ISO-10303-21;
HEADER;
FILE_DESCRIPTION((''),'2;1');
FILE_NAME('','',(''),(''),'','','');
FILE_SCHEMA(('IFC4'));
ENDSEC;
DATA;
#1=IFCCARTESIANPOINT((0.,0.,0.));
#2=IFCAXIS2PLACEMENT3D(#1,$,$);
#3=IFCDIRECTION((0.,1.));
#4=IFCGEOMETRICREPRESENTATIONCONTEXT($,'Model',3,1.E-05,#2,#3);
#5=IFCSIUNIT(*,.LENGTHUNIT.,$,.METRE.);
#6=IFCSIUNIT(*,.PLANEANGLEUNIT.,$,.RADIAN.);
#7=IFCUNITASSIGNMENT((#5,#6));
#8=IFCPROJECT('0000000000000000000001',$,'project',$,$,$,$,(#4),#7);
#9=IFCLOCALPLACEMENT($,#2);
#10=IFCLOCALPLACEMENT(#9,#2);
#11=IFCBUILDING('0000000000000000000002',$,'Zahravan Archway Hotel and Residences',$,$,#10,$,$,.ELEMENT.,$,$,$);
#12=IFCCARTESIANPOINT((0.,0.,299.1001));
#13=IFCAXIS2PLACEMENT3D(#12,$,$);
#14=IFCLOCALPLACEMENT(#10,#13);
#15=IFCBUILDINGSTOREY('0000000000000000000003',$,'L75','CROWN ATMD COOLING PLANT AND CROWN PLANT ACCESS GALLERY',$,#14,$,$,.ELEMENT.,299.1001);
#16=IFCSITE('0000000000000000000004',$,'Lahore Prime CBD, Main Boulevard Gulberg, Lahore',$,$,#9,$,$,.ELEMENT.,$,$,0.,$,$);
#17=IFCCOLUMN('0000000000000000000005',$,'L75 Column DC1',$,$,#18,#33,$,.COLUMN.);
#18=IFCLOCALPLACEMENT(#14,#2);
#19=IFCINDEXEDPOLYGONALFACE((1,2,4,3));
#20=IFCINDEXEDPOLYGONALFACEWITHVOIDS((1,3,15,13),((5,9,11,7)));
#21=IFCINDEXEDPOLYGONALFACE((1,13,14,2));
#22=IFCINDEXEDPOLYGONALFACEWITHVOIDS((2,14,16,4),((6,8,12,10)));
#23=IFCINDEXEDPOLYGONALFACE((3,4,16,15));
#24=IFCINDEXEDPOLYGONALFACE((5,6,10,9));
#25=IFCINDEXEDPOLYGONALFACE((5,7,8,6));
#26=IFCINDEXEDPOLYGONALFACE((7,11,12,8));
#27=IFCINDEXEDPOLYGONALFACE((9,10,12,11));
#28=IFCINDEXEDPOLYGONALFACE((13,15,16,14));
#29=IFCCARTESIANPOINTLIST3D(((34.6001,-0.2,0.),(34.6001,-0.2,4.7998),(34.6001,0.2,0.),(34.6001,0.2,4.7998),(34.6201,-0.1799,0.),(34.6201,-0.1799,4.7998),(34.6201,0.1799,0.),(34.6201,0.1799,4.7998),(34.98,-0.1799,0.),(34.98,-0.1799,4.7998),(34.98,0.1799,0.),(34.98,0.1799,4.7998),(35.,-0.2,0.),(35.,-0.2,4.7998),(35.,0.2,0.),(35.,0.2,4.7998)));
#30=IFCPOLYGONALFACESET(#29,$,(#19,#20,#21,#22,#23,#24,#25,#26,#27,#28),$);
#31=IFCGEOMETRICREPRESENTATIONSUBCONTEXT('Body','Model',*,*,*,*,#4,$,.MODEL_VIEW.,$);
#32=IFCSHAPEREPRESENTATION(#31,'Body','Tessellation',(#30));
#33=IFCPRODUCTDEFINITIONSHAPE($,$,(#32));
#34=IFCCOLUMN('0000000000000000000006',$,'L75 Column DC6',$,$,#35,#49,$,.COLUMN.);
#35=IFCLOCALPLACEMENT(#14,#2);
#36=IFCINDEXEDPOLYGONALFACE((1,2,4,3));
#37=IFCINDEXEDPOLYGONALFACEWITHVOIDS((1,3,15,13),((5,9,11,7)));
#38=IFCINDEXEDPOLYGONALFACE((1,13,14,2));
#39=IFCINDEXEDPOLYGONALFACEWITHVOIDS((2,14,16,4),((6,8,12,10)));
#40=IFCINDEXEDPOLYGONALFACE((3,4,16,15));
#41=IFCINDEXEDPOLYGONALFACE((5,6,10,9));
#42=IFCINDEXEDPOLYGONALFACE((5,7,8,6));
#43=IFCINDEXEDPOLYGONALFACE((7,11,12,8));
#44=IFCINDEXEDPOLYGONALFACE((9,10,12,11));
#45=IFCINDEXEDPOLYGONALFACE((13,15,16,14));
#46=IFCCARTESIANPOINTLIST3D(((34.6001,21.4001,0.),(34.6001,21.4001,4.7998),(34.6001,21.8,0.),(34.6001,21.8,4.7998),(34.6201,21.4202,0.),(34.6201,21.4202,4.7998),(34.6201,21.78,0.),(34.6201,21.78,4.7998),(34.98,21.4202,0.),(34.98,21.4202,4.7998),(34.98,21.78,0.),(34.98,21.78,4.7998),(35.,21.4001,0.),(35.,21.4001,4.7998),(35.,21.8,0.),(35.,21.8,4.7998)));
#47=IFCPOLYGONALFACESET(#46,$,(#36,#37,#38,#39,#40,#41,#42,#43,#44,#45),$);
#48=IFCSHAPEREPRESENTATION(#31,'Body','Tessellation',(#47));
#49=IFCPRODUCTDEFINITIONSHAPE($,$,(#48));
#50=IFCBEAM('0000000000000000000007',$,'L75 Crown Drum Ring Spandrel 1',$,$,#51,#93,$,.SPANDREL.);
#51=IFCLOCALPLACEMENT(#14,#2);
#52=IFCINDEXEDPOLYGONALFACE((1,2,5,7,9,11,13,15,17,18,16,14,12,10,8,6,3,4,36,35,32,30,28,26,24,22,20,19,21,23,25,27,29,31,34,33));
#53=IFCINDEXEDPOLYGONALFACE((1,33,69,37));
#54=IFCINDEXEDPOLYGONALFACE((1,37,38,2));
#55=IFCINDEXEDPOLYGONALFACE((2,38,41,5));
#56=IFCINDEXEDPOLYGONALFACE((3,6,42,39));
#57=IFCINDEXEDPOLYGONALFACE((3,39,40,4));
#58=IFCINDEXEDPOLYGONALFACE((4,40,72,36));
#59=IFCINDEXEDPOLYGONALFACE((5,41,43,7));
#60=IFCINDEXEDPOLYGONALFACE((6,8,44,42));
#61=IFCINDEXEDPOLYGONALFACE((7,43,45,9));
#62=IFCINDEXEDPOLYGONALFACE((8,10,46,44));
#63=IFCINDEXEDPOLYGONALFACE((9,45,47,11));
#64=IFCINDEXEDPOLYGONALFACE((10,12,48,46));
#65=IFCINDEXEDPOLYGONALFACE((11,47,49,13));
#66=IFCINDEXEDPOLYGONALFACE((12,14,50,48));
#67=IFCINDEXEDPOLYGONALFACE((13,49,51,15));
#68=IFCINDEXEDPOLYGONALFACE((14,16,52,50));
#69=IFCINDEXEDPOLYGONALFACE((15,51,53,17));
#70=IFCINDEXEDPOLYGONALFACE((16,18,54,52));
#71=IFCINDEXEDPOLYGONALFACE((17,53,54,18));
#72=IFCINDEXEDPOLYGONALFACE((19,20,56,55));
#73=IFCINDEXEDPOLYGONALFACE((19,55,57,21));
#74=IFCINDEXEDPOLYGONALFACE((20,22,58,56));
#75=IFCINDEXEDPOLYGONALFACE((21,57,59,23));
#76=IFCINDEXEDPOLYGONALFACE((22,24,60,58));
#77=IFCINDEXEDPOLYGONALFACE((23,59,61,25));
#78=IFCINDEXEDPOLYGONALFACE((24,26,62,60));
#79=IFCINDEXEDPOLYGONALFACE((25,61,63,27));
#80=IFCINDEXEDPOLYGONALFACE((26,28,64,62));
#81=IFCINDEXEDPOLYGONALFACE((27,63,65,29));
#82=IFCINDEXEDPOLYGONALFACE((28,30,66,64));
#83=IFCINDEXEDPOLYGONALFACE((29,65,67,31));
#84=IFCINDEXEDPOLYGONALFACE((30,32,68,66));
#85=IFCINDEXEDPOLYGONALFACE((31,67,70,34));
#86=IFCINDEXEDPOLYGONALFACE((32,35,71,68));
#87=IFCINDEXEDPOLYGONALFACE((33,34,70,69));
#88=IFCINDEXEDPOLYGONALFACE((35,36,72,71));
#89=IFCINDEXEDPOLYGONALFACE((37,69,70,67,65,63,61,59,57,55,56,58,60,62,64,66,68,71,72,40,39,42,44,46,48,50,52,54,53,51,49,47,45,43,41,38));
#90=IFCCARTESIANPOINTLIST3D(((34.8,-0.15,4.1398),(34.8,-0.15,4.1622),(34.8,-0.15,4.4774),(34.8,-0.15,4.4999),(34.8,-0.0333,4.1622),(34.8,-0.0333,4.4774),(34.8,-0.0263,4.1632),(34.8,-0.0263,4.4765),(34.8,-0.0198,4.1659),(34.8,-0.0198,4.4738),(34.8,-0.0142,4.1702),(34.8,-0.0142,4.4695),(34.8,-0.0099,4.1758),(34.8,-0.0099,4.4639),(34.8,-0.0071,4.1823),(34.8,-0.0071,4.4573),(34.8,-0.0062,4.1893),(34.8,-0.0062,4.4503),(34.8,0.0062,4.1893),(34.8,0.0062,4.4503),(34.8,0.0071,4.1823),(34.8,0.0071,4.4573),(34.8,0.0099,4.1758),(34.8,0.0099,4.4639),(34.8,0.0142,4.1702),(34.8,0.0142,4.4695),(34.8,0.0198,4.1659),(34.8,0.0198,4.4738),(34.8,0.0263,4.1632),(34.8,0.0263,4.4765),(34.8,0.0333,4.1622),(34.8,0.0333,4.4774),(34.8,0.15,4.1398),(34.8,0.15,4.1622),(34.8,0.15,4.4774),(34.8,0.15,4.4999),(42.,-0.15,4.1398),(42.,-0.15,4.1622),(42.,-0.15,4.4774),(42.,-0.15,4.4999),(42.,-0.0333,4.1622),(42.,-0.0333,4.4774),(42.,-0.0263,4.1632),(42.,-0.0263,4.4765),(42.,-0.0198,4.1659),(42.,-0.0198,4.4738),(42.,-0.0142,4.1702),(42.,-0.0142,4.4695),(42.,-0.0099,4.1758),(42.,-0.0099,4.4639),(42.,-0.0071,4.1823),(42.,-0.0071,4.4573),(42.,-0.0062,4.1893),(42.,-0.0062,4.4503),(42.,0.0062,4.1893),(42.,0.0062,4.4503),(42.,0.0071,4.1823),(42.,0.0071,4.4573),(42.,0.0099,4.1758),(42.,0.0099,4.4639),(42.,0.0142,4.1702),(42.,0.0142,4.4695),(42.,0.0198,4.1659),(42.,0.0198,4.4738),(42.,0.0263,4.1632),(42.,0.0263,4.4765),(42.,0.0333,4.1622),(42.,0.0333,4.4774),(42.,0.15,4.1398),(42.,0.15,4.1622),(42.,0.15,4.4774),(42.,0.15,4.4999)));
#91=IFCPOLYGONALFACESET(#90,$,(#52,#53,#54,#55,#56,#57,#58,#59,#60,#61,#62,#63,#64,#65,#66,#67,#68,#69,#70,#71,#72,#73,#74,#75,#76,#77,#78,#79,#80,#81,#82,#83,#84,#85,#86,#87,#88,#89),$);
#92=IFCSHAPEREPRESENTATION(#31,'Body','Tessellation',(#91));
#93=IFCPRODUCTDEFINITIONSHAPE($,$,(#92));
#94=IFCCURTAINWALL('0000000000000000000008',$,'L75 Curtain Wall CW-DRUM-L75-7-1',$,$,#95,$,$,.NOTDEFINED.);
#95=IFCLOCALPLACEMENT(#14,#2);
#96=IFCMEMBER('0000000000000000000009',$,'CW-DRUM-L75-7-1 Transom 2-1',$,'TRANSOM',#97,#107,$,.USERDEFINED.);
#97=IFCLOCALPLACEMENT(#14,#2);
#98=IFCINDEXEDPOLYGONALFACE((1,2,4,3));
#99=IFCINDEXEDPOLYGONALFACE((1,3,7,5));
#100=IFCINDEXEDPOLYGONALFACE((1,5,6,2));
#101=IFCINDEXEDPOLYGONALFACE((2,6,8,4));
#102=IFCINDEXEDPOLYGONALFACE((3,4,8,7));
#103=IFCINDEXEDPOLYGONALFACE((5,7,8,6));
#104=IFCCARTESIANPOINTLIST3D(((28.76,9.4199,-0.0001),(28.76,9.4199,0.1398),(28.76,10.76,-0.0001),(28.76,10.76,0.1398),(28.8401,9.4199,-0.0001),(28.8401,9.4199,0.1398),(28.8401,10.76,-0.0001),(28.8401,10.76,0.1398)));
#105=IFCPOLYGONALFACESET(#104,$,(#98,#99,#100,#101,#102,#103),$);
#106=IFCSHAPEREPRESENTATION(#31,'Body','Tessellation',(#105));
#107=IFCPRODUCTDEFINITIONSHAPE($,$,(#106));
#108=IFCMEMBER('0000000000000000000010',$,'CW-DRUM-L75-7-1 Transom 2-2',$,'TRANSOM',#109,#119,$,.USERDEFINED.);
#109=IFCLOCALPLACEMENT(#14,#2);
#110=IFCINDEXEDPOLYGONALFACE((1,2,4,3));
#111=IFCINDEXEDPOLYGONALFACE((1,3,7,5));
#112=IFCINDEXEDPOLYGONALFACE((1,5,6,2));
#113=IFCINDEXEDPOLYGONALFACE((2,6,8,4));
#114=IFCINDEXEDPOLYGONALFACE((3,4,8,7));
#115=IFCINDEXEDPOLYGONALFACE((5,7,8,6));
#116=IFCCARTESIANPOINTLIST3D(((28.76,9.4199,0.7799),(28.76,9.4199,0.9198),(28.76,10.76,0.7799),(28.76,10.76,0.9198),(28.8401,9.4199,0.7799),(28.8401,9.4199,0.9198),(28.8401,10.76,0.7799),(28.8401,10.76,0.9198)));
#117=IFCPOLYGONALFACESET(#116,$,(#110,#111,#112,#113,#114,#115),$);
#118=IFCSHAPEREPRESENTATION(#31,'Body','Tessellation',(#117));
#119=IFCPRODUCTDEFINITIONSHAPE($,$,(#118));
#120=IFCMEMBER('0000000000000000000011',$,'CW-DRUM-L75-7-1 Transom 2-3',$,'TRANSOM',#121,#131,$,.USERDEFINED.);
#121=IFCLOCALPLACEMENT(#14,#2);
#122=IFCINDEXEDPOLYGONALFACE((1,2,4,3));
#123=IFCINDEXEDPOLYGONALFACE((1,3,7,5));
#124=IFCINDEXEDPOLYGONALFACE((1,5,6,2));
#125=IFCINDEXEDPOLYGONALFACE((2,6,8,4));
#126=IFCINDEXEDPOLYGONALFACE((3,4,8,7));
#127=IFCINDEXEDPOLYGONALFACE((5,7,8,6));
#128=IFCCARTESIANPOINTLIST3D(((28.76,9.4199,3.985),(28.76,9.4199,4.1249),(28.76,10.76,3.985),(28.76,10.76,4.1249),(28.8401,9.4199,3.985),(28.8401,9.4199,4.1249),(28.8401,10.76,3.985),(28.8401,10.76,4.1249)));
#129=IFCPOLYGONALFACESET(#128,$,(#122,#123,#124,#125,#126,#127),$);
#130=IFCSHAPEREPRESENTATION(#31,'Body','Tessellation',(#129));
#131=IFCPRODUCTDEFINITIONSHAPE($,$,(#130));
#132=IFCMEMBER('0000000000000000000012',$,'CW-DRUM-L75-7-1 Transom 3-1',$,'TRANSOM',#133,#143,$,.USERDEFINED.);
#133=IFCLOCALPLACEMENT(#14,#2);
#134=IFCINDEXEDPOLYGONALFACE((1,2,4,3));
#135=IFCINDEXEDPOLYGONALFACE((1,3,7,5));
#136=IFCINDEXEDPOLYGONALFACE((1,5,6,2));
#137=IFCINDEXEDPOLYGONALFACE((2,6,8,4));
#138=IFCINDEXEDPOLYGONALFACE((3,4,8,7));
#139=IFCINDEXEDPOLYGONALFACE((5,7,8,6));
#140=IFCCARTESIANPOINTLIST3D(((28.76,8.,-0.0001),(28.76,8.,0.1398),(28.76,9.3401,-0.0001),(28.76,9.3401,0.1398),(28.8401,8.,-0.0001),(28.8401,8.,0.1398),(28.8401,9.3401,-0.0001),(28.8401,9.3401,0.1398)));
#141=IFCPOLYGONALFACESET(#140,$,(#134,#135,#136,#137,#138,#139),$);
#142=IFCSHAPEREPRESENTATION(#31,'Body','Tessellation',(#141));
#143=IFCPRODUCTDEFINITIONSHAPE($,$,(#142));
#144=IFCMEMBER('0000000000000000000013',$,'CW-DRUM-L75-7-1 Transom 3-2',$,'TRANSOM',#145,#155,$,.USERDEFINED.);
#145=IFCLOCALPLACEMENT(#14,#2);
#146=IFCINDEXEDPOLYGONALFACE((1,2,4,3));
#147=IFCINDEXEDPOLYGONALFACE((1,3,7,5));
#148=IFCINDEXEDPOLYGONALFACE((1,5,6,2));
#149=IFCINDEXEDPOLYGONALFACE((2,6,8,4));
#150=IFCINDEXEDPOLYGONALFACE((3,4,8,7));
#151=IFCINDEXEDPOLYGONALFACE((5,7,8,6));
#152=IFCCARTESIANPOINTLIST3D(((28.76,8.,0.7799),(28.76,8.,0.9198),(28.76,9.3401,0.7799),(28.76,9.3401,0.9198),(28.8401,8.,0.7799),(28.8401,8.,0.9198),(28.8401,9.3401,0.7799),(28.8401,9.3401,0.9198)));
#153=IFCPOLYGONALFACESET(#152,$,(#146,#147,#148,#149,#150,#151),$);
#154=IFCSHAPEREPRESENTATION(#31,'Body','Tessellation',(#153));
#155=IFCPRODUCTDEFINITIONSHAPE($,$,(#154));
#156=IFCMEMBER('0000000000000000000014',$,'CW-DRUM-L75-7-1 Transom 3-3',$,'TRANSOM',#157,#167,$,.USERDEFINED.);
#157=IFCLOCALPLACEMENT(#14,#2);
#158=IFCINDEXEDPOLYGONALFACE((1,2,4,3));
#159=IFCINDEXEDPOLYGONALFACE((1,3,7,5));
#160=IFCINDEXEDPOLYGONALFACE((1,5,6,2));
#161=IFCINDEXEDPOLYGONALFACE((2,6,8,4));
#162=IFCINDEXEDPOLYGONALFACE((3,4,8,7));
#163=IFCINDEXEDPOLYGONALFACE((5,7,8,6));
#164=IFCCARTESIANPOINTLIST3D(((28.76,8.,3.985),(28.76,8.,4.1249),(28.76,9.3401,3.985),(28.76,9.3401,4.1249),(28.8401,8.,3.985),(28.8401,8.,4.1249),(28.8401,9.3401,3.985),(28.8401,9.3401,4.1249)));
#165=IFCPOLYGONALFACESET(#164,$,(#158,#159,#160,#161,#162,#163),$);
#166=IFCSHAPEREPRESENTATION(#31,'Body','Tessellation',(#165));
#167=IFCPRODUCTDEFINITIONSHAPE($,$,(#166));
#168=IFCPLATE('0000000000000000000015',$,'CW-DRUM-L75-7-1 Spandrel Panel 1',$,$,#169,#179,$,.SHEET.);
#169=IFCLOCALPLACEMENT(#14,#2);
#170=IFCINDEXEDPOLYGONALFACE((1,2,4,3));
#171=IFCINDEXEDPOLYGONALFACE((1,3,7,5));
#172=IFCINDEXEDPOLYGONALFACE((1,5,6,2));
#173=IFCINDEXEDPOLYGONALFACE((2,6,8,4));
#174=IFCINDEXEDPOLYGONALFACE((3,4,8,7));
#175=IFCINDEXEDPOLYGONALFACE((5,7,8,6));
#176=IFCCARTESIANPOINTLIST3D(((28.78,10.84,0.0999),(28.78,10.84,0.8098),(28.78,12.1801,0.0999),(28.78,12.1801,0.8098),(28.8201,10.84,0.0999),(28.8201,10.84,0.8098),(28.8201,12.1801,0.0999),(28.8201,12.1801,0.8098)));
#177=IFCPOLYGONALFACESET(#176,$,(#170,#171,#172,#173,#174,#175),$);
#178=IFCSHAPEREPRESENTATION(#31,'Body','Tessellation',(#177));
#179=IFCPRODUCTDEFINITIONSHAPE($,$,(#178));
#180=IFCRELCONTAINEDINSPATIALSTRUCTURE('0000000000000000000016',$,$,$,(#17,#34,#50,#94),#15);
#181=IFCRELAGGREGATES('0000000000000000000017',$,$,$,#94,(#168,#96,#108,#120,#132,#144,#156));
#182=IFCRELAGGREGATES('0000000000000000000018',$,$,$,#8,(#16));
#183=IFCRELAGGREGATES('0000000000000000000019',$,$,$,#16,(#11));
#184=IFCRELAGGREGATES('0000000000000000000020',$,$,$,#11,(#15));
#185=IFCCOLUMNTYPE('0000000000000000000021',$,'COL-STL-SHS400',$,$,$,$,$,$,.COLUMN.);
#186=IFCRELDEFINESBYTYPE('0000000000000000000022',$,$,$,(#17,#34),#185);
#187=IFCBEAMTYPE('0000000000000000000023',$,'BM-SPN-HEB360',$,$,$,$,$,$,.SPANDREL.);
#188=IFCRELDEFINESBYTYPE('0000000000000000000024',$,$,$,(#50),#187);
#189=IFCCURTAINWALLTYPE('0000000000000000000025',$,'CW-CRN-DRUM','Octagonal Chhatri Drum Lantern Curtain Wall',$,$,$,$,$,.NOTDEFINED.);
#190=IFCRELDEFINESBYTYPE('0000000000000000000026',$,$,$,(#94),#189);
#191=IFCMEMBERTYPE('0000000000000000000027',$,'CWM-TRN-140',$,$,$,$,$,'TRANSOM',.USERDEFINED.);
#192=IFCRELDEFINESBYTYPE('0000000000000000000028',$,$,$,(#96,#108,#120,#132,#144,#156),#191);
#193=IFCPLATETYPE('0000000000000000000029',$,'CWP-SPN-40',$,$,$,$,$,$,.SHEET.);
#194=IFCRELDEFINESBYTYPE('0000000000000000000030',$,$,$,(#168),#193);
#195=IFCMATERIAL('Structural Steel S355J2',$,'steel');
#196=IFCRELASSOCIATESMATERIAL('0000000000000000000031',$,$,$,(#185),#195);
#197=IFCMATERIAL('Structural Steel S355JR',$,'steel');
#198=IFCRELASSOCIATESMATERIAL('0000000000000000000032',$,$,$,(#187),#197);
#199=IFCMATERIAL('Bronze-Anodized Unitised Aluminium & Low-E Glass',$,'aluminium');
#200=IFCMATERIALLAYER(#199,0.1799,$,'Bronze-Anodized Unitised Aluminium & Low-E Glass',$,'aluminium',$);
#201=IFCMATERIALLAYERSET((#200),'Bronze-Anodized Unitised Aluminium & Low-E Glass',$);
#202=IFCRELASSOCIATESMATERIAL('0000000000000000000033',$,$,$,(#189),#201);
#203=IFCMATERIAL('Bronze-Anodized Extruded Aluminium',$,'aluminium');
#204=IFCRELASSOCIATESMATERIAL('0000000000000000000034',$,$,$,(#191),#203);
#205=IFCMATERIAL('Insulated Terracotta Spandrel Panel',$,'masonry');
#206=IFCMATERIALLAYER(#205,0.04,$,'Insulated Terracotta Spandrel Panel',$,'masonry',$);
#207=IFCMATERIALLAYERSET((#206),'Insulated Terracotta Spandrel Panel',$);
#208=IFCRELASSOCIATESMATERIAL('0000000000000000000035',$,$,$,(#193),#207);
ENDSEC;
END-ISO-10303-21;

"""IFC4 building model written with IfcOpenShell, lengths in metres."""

from ifc_helpers import new_model, si_unit, direction, frame, origin, origin_2d, place, context, subcontext, project, spatial, rectangle, hollow_rectangle, i_section, extrude, source, transform, mapped, material, layer, layer_set, material_profile, profile_set, type_object, type_shapes, element, aggregate, save


model = new_model("IFC4")

# Units and contexts
model_context = context("Model", 3, precision=1e-05, world=origin(), true_north=direction((0.0, 1.0)))
body_context = subcontext(model_context, "Body", "Model", "MODEL_VIEW")
ifc_project = project(units=[si_unit("LENGTHUNIT", "METRE"), si_unit("PLANEANGLEUNIT", "RADIAN")], contexts=[model_context])

# Site, building, storey
site_placement = place(None, origin())
site = spatial("IfcSite", under=ifc_project, at=site_placement, Name="Lahore Prime CBD, Main Boulevard Gulberg, Lahore", CompositionType="ELEMENT", RefElevation=0.0)
building_placement = place(site_placement, origin())
building = spatial("IfcBuilding", under=site, at=building_placement, Name="Zahravan Archway Hotel and Residences", CompositionType="ELEMENT")
storey_placement = place(building_placement, frame((0.0, 0.0, 299.1001)))
storey = spatial("IfcBuildingStorey", under=building, at=storey_placement, Name="L75", Description="CROWN ATMD COOLING PLANT AND CROWN PLANT ACCESS GALLERY", CompositionType="ELEMENT", Elevation=299.1001)

# Columns
ifc_material_1 = material(Name="Structural Steel S355J2", Category="steel")
ifc_material_profile_1 = material_profile(ifc_material_1, hollow_rectangle(XDim=0.3999, YDim=0.3999, WallThickness=0.02, at=origin_2d()), Name="SHS 400x400x20", Category="steel")
ifc_profile_set_1 = profile_set([ifc_material_profile_1], Name="Structural Steel S355J2")
column_type = type_object("IfcColumnType", Name="COL-STL-SHS400", PredefinedType="COLUMN", material=ifc_profile_set_1)
shared_shape_1 = source(origin(), body_context, "Body", "SweptSolid", [
    extrude(hollow_rectangle(XDim=0.3999, YDim=0.3999, WallThickness=0.02, at=origin_2d()), origin(), (0.0, 0.0, 1.0), 4.7998),
])
type_shapes(column_type, [shared_shape_1])
for number, where, z_axis, x_axis, name in (
    (1, (34.8, 0.0, 0.0), (0.0, 0.0, 1.0), (1.0, 0.0, 0.0), "L75 Column DC1"),
    (2, (34.8, 21.6001, 0.0), (0.0, 0.0, 1.0), (1.0, 0.0, 0.0), "L75 Column DC6"),
):
    element("IfcColumn", number, at=place(storey_placement, frame(where, z_axis=z_axis, x_axis=x_axis)), inside=storey, type_object=column_type, Name=name, PredefinedType="COLUMN", context=body_context, shape_type="MappedRepresentation", body=[
        mapped(shared_shape_1, transform((0.0, 0.0, 0.0), scale=1.0)),
    ])

# Beam
ifc_material_2 = material(Name="Structural Steel S355JR", Category="steel")
ifc_material_profile_2 = material_profile(ifc_material_2, i_section(OverallWidth=0.3, OverallDepth=0.3601, WebThickness=0.0125, FlangeThickness=0.0225, FilletRadius=0.0271, at=origin_2d()), Name="HEB 360", Category="steel")
ifc_profile_set_2 = profile_set([ifc_material_profile_2], Name="Structural Steel S355JR")
beam_type = type_object("IfcBeamType", Name="BM-SPN-HEB360", PredefinedType="SPANDREL", material=ifc_profile_set_2)
shared_shape_2 = source(origin(), body_context, "Body", "SweptSolid", [
    extrude(i_section(OverallWidth=0.3, OverallDepth=0.3601, WebThickness=0.0125, FlangeThickness=0.0225, FilletRadius=0.0271, at=origin_2d()), origin(), (0.0, 0.0, 1.0), 7.2),
])
type_shapes(beam_type, [shared_shape_2])
beam_placement = place(storey_placement, frame((34.8, 0.0, 4.3198), z_axis=(1.0, 0.0, 0.0), x_axis=(0.0, 1.0, 0.0)))
element("IfcBeam", 3, at=beam_placement, inside=storey, type_object=beam_type, Name="L75 Crown Drum Ring Spandrel 1", PredefinedType="SPANDREL", context=body_context, shape_type="MappedRepresentation", body=[
    mapped(shared_shape_2, transform((0.0, 0.0, 0.0), scale=1.0)),
])

# Curtain wall, members, plate
ifc_material_3 = material(Name="Bronze-Anodized Unitised Aluminium & Low-E Glass", Category="aluminium")
ifc_layer_1 = layer(ifc_material_3, 0.1799, Name="Bronze-Anodized Unitised Aluminium & Low-E Glass", Category="aluminium")
ifc_layer_set_1 = layer_set([ifc_layer_1], Name="Bronze-Anodized Unitised Aluminium & Low-E Glass")
curtain_wall_type = type_object("IfcCurtainWallType", Name="CW-CRN-DRUM", Description="Octagonal Chhatri Drum Lantern Curtain Wall", PredefinedType="NOTDEFINED", material=ifc_layer_set_1)
curtain_wall_placement = place(storey_placement, origin())
curtain_wall = element("IfcCurtainWall", 4, at=curtain_wall_placement, inside=storey, type_object=curtain_wall_type, Name="L75 Curtain Wall CW-DRUM-L75-7-1", PredefinedType="NOTDEFINED")
ifc_material_4 = material(Name="Bronze-Anodized Extruded Aluminium", Category="aluminium")
ifc_material_profile_3 = material_profile(ifc_material_4, rectangle(XDim=0.0801, YDim=0.1399, at=origin_2d()), Name="TRN 80x140", Category="aluminium")
ifc_profile_set_3 = profile_set([ifc_material_profile_3], Name="Bronze-Anodized Extruded Aluminium")
member_type = type_object("IfcMemberType", Name="CWM-TRN-140", ElementType="TRANSOM", PredefinedType="USERDEFINED", material=ifc_profile_set_3)
shared_shape_3 = source(origin(), body_context, "Body", "SweptSolid", [
    extrude(rectangle(XDim=0.0801, YDim=0.1399, at=origin_2d()), origin(), (0.0, 0.0, 1.0), 1.3401),
])
member_1_placement = place(storey_placement, frame((28.8, 10.76, 0.0698), z_axis=(0.0, -1.0, 0.0), x_axis=(1.0, 0.0, 0.0)))
member_1 = element("IfcMember", 5, at=member_1_placement, type_object=member_type, Name="CW-DRUM-L75-7-1 Transom 2-1", ObjectType="TRANSOM", PredefinedType="USERDEFINED", context=body_context, shape_type="MappedRepresentation", body=[
    mapped(shared_shape_3, transform((0.0, 0.0, 0.0), scale=1.0)),
])
member_2_placement = place(storey_placement, frame((28.8, 10.76, 0.8499), z_axis=(0.0, -1.0, 0.0), x_axis=(1.0, 0.0, 0.0)))
member_2 = element("IfcMember", 6, at=member_2_placement, type_object=member_type, Name="CW-DRUM-L75-7-1 Transom 2-2", ObjectType="TRANSOM", PredefinedType="USERDEFINED", context=body_context, shape_type="MappedRepresentation", body=[
    mapped(shared_shape_3, transform((0.0, 0.0, 0.0), scale=1.0)),
])
member_3_placement = place(storey_placement, frame((28.8, 10.76, 4.0549), z_axis=(0.0, -1.0, 0.0), x_axis=(1.0, 0.0, 0.0)))
member_3 = element("IfcMember", 7, at=member_3_placement, type_object=member_type, Name="CW-DRUM-L75-7-1 Transom 2-3", ObjectType="TRANSOM", PredefinedType="USERDEFINED", context=body_context, shape_type="MappedRepresentation", body=[
    mapped(shared_shape_3, transform((0.0, 0.0, 0.0), scale=1.0)),
])
member_4_placement = place(storey_placement, frame((28.8, 9.3401, 0.0698), z_axis=(0.0, -1.0, 0.0), x_axis=(1.0, 0.0, 0.0)))
member_4 = element("IfcMember", 8, at=member_4_placement, type_object=member_type, Name="CW-DRUM-L75-7-1 Transom 3-1", ObjectType="TRANSOM", PredefinedType="USERDEFINED", context=body_context, shape_type="MappedRepresentation", body=[
    mapped(shared_shape_3, transform((0.0, 0.0, 0.0), scale=1.0)),
])
member_5_placement = place(storey_placement, frame((28.8, 9.3401, 0.8499), z_axis=(0.0, -1.0, 0.0), x_axis=(1.0, 0.0, 0.0)))
member_5 = element("IfcMember", 9, at=member_5_placement, type_object=member_type, Name="CW-DRUM-L75-7-1 Transom 3-2", ObjectType="TRANSOM", PredefinedType="USERDEFINED", context=body_context, shape_type="MappedRepresentation", body=[
    mapped(shared_shape_3, transform((0.0, 0.0, 0.0), scale=1.0)),
])
member_6_placement = place(storey_placement, frame((28.8, 9.3401, 4.0549), z_axis=(0.0, -1.0, 0.0), x_axis=(1.0, 0.0, 0.0)))
member_6 = element("IfcMember", 10, at=member_6_placement, type_object=member_type, Name="CW-DRUM-L75-7-1 Transom 3-3", ObjectType="TRANSOM", PredefinedType="USERDEFINED", context=body_context, shape_type="MappedRepresentation", body=[
    mapped(shared_shape_3, transform((0.0, 0.0, 0.0), scale=1.0)),
])
ifc_material_5 = material(Name="Insulated Terracotta Spandrel Panel", Category="masonry")
ifc_layer_2 = layer(ifc_material_5, 0.04, Name="Insulated Terracotta Spandrel Panel", Category="masonry")
ifc_layer_set_2 = layer_set([ifc_layer_2], Name="Insulated Terracotta Spandrel Panel")
plate_type_1 = type_object("IfcPlateType", Name="CWP-SPN-40", PredefinedType="SHEET", material=ifc_layer_set_2)
shared_shape_4 = source(origin(), body_context, "Body", "SweptSolid", [
    extrude(rectangle(XDim=1.3401, YDim=0.04, at=origin_2d()), origin(), (0.0, 0.0, 1.0), 0.71),
])
plate_1_placement = place(storey_placement, frame((28.8, 11.51, 0.0999), z_axis=(0.0, 0.0, 1.0), x_axis=(0.0, -1.0, 0.0)))
plate_1 = element("IfcPlate", 11, at=plate_1_placement, type_object=plate_type_1, Name="CW-DRUM-L75-7-1 Spandrel Panel 1", PredefinedType="SHEET", context=body_context, shape_type="MappedRepresentation", body=[
    mapped(shared_shape_4, transform((0.0, 0.0, 0.0), scale=1.0)),
])
aggregate(curtain_wall, [plate_1, member_1, member_2, member_3, member_4, member_5, member_6])

save(model, "model.ifc")
